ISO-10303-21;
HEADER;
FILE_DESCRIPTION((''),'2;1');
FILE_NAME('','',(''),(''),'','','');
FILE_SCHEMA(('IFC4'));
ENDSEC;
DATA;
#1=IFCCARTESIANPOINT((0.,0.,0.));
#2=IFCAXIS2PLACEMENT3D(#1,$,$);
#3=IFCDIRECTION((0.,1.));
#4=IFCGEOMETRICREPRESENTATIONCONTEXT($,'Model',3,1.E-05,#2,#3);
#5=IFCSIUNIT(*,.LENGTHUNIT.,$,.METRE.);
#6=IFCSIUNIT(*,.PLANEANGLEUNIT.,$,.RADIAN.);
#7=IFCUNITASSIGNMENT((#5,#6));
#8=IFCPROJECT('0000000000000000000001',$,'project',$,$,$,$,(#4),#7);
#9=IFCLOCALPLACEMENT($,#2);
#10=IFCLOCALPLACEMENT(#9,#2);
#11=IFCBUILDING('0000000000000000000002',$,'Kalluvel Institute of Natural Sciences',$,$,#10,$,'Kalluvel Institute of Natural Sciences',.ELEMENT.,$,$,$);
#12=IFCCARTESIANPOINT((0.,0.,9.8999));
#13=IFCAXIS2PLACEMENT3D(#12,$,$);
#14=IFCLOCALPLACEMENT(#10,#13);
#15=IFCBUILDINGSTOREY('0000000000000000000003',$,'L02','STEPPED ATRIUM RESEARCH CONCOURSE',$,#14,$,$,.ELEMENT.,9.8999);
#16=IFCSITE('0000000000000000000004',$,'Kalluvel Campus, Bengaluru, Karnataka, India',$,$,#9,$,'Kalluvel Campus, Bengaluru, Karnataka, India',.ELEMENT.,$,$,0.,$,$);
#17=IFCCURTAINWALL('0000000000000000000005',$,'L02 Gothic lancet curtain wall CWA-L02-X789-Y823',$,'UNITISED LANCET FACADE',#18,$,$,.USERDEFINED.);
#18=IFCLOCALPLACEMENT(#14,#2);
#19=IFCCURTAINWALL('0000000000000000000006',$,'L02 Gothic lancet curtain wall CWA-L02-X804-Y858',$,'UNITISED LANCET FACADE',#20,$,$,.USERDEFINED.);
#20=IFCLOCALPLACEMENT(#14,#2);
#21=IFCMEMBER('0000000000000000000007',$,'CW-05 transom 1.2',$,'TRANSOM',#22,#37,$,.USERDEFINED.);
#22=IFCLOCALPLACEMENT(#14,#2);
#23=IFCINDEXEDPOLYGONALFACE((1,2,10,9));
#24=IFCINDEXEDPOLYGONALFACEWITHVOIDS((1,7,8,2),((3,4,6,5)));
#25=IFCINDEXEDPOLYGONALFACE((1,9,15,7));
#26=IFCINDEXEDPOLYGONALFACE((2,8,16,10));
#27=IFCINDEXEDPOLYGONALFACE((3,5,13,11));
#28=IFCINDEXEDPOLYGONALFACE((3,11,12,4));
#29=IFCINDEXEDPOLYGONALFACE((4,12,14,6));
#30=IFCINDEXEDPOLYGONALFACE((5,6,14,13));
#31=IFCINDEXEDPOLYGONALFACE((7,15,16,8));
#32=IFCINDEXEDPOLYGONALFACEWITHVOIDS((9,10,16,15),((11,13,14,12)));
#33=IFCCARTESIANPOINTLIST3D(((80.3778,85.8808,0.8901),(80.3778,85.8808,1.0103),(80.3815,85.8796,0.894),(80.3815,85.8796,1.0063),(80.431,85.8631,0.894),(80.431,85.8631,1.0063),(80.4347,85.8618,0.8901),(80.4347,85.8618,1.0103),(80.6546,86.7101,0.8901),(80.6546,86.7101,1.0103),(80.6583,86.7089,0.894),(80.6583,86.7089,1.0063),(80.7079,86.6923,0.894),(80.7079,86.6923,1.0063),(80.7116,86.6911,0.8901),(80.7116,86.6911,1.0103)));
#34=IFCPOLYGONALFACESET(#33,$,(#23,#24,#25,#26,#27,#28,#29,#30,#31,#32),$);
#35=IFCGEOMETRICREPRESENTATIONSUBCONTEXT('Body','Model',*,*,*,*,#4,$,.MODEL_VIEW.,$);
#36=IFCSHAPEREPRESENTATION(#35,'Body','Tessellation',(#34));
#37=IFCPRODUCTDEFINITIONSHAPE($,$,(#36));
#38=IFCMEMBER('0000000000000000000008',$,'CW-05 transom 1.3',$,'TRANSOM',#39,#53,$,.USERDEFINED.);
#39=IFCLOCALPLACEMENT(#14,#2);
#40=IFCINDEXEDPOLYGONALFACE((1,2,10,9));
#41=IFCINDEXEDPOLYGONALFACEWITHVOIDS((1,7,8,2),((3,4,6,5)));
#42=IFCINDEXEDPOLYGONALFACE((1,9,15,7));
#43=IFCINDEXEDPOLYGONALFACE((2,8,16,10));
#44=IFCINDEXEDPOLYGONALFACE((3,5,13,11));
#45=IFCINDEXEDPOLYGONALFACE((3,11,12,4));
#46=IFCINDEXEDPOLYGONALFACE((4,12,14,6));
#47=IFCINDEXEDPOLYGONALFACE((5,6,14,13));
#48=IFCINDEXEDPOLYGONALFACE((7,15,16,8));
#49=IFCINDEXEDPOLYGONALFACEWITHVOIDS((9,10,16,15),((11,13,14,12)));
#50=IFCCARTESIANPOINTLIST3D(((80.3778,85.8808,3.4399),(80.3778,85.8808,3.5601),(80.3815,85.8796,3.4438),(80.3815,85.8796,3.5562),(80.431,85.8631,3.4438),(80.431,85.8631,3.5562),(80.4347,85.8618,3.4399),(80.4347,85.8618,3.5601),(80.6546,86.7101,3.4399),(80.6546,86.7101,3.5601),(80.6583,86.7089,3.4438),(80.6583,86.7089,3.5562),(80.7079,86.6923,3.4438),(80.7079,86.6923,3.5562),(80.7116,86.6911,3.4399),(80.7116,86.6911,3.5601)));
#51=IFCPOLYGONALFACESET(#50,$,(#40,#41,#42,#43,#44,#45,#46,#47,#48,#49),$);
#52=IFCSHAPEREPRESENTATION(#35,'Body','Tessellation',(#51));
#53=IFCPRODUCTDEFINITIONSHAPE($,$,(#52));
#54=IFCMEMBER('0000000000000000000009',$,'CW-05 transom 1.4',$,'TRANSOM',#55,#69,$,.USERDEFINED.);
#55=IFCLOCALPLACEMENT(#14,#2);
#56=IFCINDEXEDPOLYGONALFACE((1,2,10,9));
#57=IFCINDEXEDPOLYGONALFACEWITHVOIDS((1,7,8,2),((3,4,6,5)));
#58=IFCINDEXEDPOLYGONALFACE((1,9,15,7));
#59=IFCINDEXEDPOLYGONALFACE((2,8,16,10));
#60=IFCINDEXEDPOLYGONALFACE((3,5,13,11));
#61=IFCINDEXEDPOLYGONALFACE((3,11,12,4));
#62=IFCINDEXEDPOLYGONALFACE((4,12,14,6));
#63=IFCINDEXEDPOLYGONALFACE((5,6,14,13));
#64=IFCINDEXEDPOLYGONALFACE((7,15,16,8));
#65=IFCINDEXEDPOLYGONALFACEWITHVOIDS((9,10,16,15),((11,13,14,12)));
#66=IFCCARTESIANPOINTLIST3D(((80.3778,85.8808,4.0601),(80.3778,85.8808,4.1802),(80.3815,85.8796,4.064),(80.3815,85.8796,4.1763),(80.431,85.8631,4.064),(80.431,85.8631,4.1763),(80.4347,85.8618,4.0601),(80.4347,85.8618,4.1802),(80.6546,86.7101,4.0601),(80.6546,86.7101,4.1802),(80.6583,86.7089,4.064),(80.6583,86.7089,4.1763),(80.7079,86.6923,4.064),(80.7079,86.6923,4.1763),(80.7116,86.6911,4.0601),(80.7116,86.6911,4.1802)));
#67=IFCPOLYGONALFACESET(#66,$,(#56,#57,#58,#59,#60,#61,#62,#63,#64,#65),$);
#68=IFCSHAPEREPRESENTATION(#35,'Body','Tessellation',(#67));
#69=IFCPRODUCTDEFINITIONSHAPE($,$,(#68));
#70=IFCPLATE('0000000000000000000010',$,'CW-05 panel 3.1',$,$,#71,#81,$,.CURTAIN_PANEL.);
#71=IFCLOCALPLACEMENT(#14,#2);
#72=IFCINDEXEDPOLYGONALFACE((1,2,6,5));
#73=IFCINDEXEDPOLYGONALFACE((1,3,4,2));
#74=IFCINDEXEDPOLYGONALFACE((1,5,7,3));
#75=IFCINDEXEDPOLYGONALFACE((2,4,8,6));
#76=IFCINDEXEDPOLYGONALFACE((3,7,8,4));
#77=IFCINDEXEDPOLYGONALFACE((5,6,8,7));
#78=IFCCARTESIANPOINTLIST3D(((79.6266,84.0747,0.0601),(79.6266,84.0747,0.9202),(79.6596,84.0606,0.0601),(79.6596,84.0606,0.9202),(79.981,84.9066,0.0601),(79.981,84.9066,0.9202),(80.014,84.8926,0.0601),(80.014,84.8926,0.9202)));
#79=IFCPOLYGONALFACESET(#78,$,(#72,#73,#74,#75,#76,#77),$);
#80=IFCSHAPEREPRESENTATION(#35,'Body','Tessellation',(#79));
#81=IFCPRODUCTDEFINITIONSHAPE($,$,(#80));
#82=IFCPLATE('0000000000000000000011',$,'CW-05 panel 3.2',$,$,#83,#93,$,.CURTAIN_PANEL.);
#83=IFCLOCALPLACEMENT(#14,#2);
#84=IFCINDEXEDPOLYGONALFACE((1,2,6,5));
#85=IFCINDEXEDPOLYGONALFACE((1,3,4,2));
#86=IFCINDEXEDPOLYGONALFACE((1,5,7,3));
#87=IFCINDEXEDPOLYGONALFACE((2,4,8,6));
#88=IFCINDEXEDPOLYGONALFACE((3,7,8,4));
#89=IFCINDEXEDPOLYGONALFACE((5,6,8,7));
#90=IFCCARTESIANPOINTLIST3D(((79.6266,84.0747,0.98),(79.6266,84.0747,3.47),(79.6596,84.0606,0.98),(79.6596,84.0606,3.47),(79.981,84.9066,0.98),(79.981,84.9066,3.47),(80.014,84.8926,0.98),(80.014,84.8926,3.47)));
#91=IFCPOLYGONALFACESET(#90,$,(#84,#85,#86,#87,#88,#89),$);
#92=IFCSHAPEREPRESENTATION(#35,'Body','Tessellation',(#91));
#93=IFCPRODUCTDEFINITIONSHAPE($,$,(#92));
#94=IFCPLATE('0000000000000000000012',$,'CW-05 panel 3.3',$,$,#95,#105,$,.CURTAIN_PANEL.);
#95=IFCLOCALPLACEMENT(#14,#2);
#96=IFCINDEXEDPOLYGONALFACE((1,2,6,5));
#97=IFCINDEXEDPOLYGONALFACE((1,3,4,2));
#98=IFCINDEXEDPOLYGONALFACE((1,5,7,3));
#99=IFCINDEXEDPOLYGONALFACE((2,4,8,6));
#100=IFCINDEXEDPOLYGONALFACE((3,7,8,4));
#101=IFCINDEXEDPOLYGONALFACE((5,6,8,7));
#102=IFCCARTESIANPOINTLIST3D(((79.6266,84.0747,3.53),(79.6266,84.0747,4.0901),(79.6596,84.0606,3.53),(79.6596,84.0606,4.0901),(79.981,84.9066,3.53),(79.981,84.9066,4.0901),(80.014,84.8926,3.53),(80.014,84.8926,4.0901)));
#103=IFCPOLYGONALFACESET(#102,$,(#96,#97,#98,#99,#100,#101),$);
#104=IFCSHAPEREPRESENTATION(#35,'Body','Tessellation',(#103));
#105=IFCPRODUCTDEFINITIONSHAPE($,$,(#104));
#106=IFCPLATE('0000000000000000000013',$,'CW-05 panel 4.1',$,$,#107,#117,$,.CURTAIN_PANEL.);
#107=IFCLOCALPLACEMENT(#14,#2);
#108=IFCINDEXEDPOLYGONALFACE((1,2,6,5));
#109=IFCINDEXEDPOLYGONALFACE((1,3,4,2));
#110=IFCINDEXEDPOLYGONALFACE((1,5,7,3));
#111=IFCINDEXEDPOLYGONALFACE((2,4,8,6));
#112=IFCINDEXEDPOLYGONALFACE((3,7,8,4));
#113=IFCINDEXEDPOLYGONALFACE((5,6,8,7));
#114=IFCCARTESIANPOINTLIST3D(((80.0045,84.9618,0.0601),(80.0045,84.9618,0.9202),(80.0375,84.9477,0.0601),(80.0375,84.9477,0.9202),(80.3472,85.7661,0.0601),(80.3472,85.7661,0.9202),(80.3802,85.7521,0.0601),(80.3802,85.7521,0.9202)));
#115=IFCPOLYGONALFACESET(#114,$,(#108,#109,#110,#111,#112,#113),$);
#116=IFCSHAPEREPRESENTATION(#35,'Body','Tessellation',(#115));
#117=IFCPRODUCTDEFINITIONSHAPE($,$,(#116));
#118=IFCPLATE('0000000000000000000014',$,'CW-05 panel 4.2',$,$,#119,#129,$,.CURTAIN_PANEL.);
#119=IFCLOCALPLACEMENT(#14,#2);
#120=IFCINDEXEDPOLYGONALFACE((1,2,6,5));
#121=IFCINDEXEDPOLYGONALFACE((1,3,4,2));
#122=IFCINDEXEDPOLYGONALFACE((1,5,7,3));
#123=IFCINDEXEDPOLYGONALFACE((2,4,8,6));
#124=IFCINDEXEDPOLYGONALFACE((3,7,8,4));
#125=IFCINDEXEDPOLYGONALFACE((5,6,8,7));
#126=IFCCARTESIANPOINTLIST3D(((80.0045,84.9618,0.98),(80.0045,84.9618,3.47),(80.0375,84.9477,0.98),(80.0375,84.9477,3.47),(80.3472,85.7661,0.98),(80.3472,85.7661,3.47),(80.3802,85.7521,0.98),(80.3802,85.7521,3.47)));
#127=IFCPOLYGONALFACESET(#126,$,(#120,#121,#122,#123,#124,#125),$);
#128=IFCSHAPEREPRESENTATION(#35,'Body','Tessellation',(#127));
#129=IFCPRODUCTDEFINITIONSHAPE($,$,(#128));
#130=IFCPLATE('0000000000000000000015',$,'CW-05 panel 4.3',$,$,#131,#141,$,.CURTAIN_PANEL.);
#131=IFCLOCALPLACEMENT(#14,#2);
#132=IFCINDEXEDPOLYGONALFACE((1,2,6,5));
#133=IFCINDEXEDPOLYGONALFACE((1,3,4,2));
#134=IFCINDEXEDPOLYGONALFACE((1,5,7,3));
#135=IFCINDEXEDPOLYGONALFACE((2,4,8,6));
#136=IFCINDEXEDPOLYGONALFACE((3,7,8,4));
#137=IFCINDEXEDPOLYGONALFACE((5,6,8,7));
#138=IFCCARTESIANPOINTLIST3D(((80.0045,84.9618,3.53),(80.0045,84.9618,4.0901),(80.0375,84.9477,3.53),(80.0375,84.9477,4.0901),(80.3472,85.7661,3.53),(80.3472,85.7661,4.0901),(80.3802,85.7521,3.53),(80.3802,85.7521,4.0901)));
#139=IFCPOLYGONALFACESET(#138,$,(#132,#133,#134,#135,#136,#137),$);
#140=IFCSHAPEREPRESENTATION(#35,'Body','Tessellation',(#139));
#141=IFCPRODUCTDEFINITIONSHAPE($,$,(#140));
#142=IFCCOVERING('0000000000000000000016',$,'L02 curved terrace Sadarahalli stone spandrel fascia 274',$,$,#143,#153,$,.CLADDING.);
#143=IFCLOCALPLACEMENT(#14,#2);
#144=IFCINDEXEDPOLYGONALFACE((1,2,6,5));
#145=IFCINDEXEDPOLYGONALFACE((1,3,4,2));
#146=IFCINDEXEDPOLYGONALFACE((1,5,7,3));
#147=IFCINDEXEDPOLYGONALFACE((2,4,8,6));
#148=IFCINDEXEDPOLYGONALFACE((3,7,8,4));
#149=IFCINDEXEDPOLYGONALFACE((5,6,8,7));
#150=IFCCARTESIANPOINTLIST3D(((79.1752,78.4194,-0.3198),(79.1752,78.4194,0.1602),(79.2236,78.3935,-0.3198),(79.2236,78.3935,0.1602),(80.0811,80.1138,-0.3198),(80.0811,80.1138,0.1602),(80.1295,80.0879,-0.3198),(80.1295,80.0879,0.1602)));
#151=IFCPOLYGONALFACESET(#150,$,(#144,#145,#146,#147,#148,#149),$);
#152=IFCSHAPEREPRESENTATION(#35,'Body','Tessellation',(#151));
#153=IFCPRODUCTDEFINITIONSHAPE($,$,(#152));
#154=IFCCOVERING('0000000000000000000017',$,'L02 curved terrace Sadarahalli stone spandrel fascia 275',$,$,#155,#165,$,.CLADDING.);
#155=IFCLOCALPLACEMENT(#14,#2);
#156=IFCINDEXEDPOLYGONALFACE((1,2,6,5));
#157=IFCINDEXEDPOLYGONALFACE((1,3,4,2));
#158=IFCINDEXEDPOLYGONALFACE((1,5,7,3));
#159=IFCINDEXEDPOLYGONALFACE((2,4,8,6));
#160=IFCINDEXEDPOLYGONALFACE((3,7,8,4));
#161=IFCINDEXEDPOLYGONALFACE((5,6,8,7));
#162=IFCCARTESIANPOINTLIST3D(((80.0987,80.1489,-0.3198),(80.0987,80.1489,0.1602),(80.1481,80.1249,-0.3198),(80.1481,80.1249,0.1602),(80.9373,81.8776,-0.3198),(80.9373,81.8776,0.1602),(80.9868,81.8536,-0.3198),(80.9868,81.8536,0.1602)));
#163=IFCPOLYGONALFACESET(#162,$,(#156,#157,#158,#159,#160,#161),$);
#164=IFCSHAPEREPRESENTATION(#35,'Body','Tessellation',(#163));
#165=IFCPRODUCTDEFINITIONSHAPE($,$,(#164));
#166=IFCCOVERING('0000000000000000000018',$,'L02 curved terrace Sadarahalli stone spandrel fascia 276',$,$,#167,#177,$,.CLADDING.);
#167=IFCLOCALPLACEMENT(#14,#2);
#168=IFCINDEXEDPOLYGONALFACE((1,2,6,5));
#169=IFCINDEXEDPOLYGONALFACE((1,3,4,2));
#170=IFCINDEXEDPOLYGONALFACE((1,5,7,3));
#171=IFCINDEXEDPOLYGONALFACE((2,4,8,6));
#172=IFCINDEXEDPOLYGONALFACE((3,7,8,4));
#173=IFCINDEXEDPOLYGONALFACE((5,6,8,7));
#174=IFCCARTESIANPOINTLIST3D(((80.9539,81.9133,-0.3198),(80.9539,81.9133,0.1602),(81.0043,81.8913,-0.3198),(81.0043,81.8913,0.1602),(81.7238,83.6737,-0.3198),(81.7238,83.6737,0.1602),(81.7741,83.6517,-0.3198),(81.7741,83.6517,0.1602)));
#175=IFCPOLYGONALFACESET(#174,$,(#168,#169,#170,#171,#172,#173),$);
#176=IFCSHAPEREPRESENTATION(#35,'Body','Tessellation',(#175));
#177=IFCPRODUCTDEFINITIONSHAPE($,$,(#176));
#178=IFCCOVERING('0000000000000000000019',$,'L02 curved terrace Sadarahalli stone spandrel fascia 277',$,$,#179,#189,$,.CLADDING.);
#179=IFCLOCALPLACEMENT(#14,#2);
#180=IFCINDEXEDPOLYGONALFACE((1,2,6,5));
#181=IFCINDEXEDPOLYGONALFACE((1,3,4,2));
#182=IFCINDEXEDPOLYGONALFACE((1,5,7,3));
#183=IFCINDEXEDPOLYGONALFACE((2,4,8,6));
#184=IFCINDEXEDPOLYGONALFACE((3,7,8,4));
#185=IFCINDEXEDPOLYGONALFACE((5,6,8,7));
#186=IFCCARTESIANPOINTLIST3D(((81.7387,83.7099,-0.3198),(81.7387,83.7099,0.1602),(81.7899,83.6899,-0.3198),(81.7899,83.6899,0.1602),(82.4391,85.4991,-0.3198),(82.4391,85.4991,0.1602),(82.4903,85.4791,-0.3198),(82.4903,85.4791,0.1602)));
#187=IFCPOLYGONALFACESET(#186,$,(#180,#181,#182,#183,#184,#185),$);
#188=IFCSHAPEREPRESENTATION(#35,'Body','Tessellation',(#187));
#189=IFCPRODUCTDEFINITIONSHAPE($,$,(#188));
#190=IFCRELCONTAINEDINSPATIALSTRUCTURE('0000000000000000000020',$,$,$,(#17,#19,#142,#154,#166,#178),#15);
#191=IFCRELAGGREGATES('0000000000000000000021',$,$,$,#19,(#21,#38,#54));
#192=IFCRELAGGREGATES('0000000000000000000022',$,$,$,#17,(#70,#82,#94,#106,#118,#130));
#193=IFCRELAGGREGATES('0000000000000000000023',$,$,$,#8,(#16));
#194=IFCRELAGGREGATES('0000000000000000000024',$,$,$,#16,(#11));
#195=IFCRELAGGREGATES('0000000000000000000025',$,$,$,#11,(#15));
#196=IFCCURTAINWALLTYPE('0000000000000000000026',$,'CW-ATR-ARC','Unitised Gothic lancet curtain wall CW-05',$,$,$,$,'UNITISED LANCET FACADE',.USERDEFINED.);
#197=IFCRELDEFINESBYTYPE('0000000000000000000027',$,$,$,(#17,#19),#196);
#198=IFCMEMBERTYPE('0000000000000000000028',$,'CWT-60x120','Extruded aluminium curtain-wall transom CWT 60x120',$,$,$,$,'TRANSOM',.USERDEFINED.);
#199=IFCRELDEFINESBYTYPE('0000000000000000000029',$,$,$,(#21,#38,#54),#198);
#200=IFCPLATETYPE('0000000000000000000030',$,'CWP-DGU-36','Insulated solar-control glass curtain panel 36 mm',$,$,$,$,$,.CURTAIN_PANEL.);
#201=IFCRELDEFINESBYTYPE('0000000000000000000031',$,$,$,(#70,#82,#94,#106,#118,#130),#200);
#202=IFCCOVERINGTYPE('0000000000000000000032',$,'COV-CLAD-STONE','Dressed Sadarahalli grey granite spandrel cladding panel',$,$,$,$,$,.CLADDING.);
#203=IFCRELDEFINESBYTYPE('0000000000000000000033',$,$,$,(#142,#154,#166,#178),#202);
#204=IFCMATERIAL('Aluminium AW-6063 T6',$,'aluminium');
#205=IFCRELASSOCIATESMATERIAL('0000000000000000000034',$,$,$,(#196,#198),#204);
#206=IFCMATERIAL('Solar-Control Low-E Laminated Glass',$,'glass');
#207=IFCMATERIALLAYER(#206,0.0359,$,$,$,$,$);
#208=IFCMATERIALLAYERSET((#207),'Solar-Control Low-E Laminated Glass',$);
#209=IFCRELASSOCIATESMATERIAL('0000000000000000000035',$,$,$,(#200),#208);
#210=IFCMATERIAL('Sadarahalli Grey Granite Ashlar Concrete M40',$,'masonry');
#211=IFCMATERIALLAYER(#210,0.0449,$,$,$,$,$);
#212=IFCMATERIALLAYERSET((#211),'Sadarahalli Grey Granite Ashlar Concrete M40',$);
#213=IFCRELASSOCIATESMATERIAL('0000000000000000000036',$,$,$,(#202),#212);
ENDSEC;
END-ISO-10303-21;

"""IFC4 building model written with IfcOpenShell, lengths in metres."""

from ifc_helpers import new_model, si_unit, direction, frame, origin, origin_2d, place, context, subcontext, project, spatial, rectangle, hollow_rectangle, extrude, material, layer, layer_set, material_profile, profile_set, type_object, element, aggregate, save


model = new_model("IFC4")

# Units and contexts
model_context = context("Model", 3, precision=1e-05, world=origin(), true_north=direction((0.0, 1.0)))
body_context = subcontext(model_context, "Body", "Model", "MODEL_VIEW")
ifc_project = project(units=[si_unit("LENGTHUNIT", "METRE"), si_unit("PLANEANGLEUNIT", "RADIAN")], contexts=[model_context])

# Site, building, storey
site_placement = place(None, origin())
site = spatial("IfcSite", under=ifc_project, at=site_placement, Name="Kalluvel Campus, Bengaluru, Karnataka, India", LongName="Kalluvel Campus, Bengaluru, Karnataka, India", CompositionType="ELEMENT", RefElevation=0.0)
building_placement = place(site_placement, origin())
building = spatial("IfcBuilding", under=site, at=building_placement, Name="Kalluvel Institute of Natural Sciences", LongName="Kalluvel Institute of Natural Sciences", CompositionType="ELEMENT")
storey_placement = place(building_placement, frame((0.0, 0.0, 9.8999)))
storey = spatial("IfcBuildingStorey", under=building, at=storey_placement, Name="L02", Description="STEPPED ATRIUM RESEARCH CONCOURSE", CompositionType="ELEMENT", Elevation=9.8999)

# Curtain wall
ifc_material_1 = material(Name="Aluminium AW-6063 T6", Category="aluminium")
curtain_wall_type = type_object("IfcCurtainWallType", Name="CW-ATR-ARC", Description="Unitised Gothic lancet curtain wall CW-05", ElementType="UNITISED LANCET FACADE", PredefinedType="USERDEFINED", material=ifc_material_1)
curtain_wall_1_placement = place(storey_placement, origin())
curtain_wall_1 = element("IfcCurtainWall", 1, at=curtain_wall_1_placement, inside=storey, type_object=curtain_wall_type, Name="L02 Gothic lancet curtain wall CWA-L02-X789-Y823", ObjectType="UNITISED LANCET FACADE", PredefinedType="USERDEFINED")

# Curtain wall
curtain_wall_2_placement = place(storey_placement, origin())
curtain_wall_2 = element("IfcCurtainWall", 2, at=curtain_wall_2_placement, inside=storey, type_object=curtain_wall_type, Name="L02 Gothic lancet curtain wall CWA-L02-X804-Y858", ObjectType="UNITISED LANCET FACADE", PredefinedType="USERDEFINED")

# Members
ifc_material_profile_1 = material_profile(ifc_material_1, hollow_rectangle(XDim=0.0601, YDim=0.1201, WallThickness=0.0039, at=origin_2d()), Name="CWT 60x120")
ifc_profile_set_1 = profile_set([ifc_material_profile_1], Name="Aluminium AW-6063 T6")
member_type_1 = type_object("IfcMemberType", Name="CWT-60x120", Description="Extruded aluminium curtain-wall transom CWT 60x120", ElementType="TRANSOM", PredefinedType="USERDEFINED", material=ifc_profile_set_1)
member_1_placement = place(storey_placement, frame((80.4062, 85.8713, 0.9502), z_axis=(0.316647, 0.948544, 0.0), x_axis=(-0.948544, 0.316647, 0.0)))
member_1 = element("IfcMember", 3, at=member_1_placement, type_object=member_type_1, Name="CW-05 transom 1.2", ObjectType="TRANSOM", PredefinedType="USERDEFINED", context=body_context, shape_type="SweptSolid", body=[
    extrude(hollow_rectangle(XDim=0.0601, YDim=0.1201, WallThickness=0.0039, at=origin_2d()), origin(), (0.0, 0.0, 1.0), 0.8743),
])
member_2_placement = place(storey_placement, frame((80.4062, 85.8713, 3.5), z_axis=(0.316647, 0.948544, 0.0), x_axis=(-0.948544, 0.316647, 0.0)))
member_2 = element("IfcMember", 4, at=member_2_placement, type_object=member_type_1, Name="CW-05 transom 1.3", ObjectType="TRANSOM", PredefinedType="USERDEFINED", context=body_context, shape_type="SweptSolid", body=[
    extrude(hollow_rectangle(XDim=0.0601, YDim=0.1201, WallThickness=0.0039, at=origin_2d()), origin(), (0.0, 0.0, 1.0), 0.8743),
])
member_3_placement = place(storey_placement, frame((80.4062, 85.8713, 4.1201), z_axis=(0.316647, 0.948544, 0.0), x_axis=(-0.948544, 0.316647, 0.0)))
member_3 = element("IfcMember", 5, at=member_3_placement, type_object=member_type_1, Name="CW-05 transom 1.4", ObjectType="TRANSOM", PredefinedType="USERDEFINED", context=body_context, shape_type="SweptSolid", body=[
    extrude(hollow_rectangle(XDim=0.0601, YDim=0.1201, WallThickness=0.0039, at=origin_2d()), origin(), (0.0, 0.0, 1.0), 0.8743),
])
aggregate(curtain_wall_2, [member_1, member_2, member_3])

# Plates
ifc_material_2 = material(Name="Solar-Control Low-E Laminated Glass", Category="glass")
ifc_layer_1 = layer(ifc_material_2, 0.0359)
ifc_layer_set_1 = layer_set([ifc_layer_1], Name="Solar-Control Low-E Laminated Glass")
plate_type = type_object("IfcPlateType", Name="CWP-DGU-36", Description="Insulated solar-control glass curtain panel 36 mm", PredefinedType="CURTAIN_PANEL", material=ifc_layer_set_1)
plate_1_placement = place(storey_placement, frame((79.8203, 84.4836, 0.0601), z_axis=(0.0, 0.0, 1.0), x_axis=(0.391966, 0.91998, 0.0)))
plate_1 = element("IfcPlate", 6, at=plate_1_placement, type_object=plate_type, Name="CW-05 panel 3.1", PredefinedType="CURTAIN_PANEL", context=body_context, shape_type="SweptSolid", body=[
    extrude(rectangle(XDim=0.9043, YDim=0.0359, at=origin_2d()), origin(), (0.0, 0.0, 1.0), 0.8601),
])
plate_2_placement = place(storey_placement, frame((79.8203, 84.4836, 0.98), z_axis=(0.0, 0.0, 1.0), x_axis=(0.391966, 0.91998, 0.0)))
plate_2 = element("IfcPlate", 7, at=plate_2_placement, type_object=plate_type, Name="CW-05 panel 3.2", PredefinedType="CURTAIN_PANEL", context=body_context, shape_type="SweptSolid", body=[
    extrude(rectangle(XDim=0.9043, YDim=0.0359, at=origin_2d()), origin(), (0.0, 0.0, 1.0), 2.49),
])
plate_3_placement = place(storey_placement, frame((79.8203, 84.4836, 3.53), z_axis=(0.0, 0.0, 1.0), x_axis=(0.391966, 0.91998, 0.0)))
plate_3 = element("IfcPlate", 8, at=plate_3_placement, type_object=plate_type, Name="CW-05 panel 3.3", PredefinedType="CURTAIN_PANEL", context=body_context, shape_type="SweptSolid", body=[
    extrude(rectangle(XDim=0.9043, YDim=0.0359, at=origin_2d()), origin(), (0.0, 0.0, 1.0), 0.5601),
])
plate_4_placement = place(storey_placement, frame((80.1924, 85.3569, 0.0601), z_axis=(0.0, 0.0, 1.0), x_axis=(0.391966, 0.91998, 0.0)))
plate_4 = element("IfcPlate", 9, at=plate_4_placement, type_object=plate_type, Name="CW-05 panel 4.1", PredefinedType="CURTAIN_PANEL", context=body_context, shape_type="SweptSolid", body=[
    extrude(rectangle(XDim=0.8743, YDim=0.0359, at=origin_2d()), origin(), (0.0, 0.0, 1.0), 0.8601),
])
plate_5_placement = place(storey_placement, frame((80.1924, 85.3569, 0.98), z_axis=(0.0, 0.0, 1.0), x_axis=(0.391966, 0.91998, 0.0)))
plate_5 = element("IfcPlate", 10, at=plate_5_placement, type_object=plate_type, Name="CW-05 panel 4.2", PredefinedType="CURTAIN_PANEL", context=body_context, shape_type="SweptSolid", body=[
    extrude(rectangle(XDim=0.8743, YDim=0.0359, at=origin_2d()), origin(), (0.0, 0.0, 1.0), 2.49),
])
plate_6_placement = place(storey_placement, frame((80.1924, 85.3569, 3.53), z_axis=(0.0, 0.0, 1.0), x_axis=(0.391966, 0.91998, 0.0)))
plate_6 = element("IfcPlate", 11, at=plate_6_placement, type_object=plate_type, Name="CW-05 panel 4.3", PredefinedType="CURTAIN_PANEL", context=body_context, shape_type="SweptSolid", body=[
    extrude(rectangle(XDim=0.8743, YDim=0.0359, at=origin_2d()), origin(), (0.0, 0.0, 1.0), 0.5601),
])
aggregate(curtain_wall_1, [plate_1, plate_2, plate_3, plate_4, plate_5, plate_6])

# Coverings
ifc_material_3 = material(Name="Sadarahalli Grey Granite Ashlar Concrete M40", Category="masonry")
ifc_layer_2 = layer(ifc_material_3, 0.0449)
ifc_layer_set_2 = layer_set([ifc_layer_2], Name="Sadarahalli Grey Granite Ashlar Concrete M40")
covering_type = type_object("IfcCoveringType", Name="COV-CLAD-STONE", Description="Dressed Sadarahalli grey granite spandrel cladding panel", PredefinedType="CLADDING", material=ifc_layer_set_2)
for number, where, z_axis, x_axis, name in (
    (12, (79.6523, 79.2537, -0.3198), (0.0, 0.0, 1.0), (0.471474, 0.88188, 0.0), "L02 curved terrace Sadarahalli stone spandrel fascia 274"),
    (13, (80.5427, 81.0012, -0.3198), (0.0, 0.0, 1.0), (0.436488, 0.89971, 0.0), "L02 curved terrace Sadarahalli stone spandrel fascia 275"),
    (14, (81.364, 82.7825, -0.3198), (0.0, 0.0, 1.0), (0.400669, 0.916223, 0.0), "L02 curved terrace Sadarahalli stone spandrel fascia 276"),
    (15, (82.1145, 84.5945, -0.3198), (0.0, 0.0, 1.0), (0.364552, 0.931183, 0.0), "L02 curved terrace Sadarahalli stone spandrel fascia 277"),
):
    element("IfcCovering", number, at=place(storey_placement, frame(where, z_axis=z_axis, x_axis=x_axis)), inside=storey, type_object=covering_type, Name=name, PredefinedType="CLADDING", context=body_context, shape_type="SweptSolid", body=[
        extrude(rectangle(XDim=1.9214, YDim=0.0549, at=origin_2d()), origin(), (0.0, 0.0, 1.0), 0.48),
    ])

save(model, "model.ifc")
